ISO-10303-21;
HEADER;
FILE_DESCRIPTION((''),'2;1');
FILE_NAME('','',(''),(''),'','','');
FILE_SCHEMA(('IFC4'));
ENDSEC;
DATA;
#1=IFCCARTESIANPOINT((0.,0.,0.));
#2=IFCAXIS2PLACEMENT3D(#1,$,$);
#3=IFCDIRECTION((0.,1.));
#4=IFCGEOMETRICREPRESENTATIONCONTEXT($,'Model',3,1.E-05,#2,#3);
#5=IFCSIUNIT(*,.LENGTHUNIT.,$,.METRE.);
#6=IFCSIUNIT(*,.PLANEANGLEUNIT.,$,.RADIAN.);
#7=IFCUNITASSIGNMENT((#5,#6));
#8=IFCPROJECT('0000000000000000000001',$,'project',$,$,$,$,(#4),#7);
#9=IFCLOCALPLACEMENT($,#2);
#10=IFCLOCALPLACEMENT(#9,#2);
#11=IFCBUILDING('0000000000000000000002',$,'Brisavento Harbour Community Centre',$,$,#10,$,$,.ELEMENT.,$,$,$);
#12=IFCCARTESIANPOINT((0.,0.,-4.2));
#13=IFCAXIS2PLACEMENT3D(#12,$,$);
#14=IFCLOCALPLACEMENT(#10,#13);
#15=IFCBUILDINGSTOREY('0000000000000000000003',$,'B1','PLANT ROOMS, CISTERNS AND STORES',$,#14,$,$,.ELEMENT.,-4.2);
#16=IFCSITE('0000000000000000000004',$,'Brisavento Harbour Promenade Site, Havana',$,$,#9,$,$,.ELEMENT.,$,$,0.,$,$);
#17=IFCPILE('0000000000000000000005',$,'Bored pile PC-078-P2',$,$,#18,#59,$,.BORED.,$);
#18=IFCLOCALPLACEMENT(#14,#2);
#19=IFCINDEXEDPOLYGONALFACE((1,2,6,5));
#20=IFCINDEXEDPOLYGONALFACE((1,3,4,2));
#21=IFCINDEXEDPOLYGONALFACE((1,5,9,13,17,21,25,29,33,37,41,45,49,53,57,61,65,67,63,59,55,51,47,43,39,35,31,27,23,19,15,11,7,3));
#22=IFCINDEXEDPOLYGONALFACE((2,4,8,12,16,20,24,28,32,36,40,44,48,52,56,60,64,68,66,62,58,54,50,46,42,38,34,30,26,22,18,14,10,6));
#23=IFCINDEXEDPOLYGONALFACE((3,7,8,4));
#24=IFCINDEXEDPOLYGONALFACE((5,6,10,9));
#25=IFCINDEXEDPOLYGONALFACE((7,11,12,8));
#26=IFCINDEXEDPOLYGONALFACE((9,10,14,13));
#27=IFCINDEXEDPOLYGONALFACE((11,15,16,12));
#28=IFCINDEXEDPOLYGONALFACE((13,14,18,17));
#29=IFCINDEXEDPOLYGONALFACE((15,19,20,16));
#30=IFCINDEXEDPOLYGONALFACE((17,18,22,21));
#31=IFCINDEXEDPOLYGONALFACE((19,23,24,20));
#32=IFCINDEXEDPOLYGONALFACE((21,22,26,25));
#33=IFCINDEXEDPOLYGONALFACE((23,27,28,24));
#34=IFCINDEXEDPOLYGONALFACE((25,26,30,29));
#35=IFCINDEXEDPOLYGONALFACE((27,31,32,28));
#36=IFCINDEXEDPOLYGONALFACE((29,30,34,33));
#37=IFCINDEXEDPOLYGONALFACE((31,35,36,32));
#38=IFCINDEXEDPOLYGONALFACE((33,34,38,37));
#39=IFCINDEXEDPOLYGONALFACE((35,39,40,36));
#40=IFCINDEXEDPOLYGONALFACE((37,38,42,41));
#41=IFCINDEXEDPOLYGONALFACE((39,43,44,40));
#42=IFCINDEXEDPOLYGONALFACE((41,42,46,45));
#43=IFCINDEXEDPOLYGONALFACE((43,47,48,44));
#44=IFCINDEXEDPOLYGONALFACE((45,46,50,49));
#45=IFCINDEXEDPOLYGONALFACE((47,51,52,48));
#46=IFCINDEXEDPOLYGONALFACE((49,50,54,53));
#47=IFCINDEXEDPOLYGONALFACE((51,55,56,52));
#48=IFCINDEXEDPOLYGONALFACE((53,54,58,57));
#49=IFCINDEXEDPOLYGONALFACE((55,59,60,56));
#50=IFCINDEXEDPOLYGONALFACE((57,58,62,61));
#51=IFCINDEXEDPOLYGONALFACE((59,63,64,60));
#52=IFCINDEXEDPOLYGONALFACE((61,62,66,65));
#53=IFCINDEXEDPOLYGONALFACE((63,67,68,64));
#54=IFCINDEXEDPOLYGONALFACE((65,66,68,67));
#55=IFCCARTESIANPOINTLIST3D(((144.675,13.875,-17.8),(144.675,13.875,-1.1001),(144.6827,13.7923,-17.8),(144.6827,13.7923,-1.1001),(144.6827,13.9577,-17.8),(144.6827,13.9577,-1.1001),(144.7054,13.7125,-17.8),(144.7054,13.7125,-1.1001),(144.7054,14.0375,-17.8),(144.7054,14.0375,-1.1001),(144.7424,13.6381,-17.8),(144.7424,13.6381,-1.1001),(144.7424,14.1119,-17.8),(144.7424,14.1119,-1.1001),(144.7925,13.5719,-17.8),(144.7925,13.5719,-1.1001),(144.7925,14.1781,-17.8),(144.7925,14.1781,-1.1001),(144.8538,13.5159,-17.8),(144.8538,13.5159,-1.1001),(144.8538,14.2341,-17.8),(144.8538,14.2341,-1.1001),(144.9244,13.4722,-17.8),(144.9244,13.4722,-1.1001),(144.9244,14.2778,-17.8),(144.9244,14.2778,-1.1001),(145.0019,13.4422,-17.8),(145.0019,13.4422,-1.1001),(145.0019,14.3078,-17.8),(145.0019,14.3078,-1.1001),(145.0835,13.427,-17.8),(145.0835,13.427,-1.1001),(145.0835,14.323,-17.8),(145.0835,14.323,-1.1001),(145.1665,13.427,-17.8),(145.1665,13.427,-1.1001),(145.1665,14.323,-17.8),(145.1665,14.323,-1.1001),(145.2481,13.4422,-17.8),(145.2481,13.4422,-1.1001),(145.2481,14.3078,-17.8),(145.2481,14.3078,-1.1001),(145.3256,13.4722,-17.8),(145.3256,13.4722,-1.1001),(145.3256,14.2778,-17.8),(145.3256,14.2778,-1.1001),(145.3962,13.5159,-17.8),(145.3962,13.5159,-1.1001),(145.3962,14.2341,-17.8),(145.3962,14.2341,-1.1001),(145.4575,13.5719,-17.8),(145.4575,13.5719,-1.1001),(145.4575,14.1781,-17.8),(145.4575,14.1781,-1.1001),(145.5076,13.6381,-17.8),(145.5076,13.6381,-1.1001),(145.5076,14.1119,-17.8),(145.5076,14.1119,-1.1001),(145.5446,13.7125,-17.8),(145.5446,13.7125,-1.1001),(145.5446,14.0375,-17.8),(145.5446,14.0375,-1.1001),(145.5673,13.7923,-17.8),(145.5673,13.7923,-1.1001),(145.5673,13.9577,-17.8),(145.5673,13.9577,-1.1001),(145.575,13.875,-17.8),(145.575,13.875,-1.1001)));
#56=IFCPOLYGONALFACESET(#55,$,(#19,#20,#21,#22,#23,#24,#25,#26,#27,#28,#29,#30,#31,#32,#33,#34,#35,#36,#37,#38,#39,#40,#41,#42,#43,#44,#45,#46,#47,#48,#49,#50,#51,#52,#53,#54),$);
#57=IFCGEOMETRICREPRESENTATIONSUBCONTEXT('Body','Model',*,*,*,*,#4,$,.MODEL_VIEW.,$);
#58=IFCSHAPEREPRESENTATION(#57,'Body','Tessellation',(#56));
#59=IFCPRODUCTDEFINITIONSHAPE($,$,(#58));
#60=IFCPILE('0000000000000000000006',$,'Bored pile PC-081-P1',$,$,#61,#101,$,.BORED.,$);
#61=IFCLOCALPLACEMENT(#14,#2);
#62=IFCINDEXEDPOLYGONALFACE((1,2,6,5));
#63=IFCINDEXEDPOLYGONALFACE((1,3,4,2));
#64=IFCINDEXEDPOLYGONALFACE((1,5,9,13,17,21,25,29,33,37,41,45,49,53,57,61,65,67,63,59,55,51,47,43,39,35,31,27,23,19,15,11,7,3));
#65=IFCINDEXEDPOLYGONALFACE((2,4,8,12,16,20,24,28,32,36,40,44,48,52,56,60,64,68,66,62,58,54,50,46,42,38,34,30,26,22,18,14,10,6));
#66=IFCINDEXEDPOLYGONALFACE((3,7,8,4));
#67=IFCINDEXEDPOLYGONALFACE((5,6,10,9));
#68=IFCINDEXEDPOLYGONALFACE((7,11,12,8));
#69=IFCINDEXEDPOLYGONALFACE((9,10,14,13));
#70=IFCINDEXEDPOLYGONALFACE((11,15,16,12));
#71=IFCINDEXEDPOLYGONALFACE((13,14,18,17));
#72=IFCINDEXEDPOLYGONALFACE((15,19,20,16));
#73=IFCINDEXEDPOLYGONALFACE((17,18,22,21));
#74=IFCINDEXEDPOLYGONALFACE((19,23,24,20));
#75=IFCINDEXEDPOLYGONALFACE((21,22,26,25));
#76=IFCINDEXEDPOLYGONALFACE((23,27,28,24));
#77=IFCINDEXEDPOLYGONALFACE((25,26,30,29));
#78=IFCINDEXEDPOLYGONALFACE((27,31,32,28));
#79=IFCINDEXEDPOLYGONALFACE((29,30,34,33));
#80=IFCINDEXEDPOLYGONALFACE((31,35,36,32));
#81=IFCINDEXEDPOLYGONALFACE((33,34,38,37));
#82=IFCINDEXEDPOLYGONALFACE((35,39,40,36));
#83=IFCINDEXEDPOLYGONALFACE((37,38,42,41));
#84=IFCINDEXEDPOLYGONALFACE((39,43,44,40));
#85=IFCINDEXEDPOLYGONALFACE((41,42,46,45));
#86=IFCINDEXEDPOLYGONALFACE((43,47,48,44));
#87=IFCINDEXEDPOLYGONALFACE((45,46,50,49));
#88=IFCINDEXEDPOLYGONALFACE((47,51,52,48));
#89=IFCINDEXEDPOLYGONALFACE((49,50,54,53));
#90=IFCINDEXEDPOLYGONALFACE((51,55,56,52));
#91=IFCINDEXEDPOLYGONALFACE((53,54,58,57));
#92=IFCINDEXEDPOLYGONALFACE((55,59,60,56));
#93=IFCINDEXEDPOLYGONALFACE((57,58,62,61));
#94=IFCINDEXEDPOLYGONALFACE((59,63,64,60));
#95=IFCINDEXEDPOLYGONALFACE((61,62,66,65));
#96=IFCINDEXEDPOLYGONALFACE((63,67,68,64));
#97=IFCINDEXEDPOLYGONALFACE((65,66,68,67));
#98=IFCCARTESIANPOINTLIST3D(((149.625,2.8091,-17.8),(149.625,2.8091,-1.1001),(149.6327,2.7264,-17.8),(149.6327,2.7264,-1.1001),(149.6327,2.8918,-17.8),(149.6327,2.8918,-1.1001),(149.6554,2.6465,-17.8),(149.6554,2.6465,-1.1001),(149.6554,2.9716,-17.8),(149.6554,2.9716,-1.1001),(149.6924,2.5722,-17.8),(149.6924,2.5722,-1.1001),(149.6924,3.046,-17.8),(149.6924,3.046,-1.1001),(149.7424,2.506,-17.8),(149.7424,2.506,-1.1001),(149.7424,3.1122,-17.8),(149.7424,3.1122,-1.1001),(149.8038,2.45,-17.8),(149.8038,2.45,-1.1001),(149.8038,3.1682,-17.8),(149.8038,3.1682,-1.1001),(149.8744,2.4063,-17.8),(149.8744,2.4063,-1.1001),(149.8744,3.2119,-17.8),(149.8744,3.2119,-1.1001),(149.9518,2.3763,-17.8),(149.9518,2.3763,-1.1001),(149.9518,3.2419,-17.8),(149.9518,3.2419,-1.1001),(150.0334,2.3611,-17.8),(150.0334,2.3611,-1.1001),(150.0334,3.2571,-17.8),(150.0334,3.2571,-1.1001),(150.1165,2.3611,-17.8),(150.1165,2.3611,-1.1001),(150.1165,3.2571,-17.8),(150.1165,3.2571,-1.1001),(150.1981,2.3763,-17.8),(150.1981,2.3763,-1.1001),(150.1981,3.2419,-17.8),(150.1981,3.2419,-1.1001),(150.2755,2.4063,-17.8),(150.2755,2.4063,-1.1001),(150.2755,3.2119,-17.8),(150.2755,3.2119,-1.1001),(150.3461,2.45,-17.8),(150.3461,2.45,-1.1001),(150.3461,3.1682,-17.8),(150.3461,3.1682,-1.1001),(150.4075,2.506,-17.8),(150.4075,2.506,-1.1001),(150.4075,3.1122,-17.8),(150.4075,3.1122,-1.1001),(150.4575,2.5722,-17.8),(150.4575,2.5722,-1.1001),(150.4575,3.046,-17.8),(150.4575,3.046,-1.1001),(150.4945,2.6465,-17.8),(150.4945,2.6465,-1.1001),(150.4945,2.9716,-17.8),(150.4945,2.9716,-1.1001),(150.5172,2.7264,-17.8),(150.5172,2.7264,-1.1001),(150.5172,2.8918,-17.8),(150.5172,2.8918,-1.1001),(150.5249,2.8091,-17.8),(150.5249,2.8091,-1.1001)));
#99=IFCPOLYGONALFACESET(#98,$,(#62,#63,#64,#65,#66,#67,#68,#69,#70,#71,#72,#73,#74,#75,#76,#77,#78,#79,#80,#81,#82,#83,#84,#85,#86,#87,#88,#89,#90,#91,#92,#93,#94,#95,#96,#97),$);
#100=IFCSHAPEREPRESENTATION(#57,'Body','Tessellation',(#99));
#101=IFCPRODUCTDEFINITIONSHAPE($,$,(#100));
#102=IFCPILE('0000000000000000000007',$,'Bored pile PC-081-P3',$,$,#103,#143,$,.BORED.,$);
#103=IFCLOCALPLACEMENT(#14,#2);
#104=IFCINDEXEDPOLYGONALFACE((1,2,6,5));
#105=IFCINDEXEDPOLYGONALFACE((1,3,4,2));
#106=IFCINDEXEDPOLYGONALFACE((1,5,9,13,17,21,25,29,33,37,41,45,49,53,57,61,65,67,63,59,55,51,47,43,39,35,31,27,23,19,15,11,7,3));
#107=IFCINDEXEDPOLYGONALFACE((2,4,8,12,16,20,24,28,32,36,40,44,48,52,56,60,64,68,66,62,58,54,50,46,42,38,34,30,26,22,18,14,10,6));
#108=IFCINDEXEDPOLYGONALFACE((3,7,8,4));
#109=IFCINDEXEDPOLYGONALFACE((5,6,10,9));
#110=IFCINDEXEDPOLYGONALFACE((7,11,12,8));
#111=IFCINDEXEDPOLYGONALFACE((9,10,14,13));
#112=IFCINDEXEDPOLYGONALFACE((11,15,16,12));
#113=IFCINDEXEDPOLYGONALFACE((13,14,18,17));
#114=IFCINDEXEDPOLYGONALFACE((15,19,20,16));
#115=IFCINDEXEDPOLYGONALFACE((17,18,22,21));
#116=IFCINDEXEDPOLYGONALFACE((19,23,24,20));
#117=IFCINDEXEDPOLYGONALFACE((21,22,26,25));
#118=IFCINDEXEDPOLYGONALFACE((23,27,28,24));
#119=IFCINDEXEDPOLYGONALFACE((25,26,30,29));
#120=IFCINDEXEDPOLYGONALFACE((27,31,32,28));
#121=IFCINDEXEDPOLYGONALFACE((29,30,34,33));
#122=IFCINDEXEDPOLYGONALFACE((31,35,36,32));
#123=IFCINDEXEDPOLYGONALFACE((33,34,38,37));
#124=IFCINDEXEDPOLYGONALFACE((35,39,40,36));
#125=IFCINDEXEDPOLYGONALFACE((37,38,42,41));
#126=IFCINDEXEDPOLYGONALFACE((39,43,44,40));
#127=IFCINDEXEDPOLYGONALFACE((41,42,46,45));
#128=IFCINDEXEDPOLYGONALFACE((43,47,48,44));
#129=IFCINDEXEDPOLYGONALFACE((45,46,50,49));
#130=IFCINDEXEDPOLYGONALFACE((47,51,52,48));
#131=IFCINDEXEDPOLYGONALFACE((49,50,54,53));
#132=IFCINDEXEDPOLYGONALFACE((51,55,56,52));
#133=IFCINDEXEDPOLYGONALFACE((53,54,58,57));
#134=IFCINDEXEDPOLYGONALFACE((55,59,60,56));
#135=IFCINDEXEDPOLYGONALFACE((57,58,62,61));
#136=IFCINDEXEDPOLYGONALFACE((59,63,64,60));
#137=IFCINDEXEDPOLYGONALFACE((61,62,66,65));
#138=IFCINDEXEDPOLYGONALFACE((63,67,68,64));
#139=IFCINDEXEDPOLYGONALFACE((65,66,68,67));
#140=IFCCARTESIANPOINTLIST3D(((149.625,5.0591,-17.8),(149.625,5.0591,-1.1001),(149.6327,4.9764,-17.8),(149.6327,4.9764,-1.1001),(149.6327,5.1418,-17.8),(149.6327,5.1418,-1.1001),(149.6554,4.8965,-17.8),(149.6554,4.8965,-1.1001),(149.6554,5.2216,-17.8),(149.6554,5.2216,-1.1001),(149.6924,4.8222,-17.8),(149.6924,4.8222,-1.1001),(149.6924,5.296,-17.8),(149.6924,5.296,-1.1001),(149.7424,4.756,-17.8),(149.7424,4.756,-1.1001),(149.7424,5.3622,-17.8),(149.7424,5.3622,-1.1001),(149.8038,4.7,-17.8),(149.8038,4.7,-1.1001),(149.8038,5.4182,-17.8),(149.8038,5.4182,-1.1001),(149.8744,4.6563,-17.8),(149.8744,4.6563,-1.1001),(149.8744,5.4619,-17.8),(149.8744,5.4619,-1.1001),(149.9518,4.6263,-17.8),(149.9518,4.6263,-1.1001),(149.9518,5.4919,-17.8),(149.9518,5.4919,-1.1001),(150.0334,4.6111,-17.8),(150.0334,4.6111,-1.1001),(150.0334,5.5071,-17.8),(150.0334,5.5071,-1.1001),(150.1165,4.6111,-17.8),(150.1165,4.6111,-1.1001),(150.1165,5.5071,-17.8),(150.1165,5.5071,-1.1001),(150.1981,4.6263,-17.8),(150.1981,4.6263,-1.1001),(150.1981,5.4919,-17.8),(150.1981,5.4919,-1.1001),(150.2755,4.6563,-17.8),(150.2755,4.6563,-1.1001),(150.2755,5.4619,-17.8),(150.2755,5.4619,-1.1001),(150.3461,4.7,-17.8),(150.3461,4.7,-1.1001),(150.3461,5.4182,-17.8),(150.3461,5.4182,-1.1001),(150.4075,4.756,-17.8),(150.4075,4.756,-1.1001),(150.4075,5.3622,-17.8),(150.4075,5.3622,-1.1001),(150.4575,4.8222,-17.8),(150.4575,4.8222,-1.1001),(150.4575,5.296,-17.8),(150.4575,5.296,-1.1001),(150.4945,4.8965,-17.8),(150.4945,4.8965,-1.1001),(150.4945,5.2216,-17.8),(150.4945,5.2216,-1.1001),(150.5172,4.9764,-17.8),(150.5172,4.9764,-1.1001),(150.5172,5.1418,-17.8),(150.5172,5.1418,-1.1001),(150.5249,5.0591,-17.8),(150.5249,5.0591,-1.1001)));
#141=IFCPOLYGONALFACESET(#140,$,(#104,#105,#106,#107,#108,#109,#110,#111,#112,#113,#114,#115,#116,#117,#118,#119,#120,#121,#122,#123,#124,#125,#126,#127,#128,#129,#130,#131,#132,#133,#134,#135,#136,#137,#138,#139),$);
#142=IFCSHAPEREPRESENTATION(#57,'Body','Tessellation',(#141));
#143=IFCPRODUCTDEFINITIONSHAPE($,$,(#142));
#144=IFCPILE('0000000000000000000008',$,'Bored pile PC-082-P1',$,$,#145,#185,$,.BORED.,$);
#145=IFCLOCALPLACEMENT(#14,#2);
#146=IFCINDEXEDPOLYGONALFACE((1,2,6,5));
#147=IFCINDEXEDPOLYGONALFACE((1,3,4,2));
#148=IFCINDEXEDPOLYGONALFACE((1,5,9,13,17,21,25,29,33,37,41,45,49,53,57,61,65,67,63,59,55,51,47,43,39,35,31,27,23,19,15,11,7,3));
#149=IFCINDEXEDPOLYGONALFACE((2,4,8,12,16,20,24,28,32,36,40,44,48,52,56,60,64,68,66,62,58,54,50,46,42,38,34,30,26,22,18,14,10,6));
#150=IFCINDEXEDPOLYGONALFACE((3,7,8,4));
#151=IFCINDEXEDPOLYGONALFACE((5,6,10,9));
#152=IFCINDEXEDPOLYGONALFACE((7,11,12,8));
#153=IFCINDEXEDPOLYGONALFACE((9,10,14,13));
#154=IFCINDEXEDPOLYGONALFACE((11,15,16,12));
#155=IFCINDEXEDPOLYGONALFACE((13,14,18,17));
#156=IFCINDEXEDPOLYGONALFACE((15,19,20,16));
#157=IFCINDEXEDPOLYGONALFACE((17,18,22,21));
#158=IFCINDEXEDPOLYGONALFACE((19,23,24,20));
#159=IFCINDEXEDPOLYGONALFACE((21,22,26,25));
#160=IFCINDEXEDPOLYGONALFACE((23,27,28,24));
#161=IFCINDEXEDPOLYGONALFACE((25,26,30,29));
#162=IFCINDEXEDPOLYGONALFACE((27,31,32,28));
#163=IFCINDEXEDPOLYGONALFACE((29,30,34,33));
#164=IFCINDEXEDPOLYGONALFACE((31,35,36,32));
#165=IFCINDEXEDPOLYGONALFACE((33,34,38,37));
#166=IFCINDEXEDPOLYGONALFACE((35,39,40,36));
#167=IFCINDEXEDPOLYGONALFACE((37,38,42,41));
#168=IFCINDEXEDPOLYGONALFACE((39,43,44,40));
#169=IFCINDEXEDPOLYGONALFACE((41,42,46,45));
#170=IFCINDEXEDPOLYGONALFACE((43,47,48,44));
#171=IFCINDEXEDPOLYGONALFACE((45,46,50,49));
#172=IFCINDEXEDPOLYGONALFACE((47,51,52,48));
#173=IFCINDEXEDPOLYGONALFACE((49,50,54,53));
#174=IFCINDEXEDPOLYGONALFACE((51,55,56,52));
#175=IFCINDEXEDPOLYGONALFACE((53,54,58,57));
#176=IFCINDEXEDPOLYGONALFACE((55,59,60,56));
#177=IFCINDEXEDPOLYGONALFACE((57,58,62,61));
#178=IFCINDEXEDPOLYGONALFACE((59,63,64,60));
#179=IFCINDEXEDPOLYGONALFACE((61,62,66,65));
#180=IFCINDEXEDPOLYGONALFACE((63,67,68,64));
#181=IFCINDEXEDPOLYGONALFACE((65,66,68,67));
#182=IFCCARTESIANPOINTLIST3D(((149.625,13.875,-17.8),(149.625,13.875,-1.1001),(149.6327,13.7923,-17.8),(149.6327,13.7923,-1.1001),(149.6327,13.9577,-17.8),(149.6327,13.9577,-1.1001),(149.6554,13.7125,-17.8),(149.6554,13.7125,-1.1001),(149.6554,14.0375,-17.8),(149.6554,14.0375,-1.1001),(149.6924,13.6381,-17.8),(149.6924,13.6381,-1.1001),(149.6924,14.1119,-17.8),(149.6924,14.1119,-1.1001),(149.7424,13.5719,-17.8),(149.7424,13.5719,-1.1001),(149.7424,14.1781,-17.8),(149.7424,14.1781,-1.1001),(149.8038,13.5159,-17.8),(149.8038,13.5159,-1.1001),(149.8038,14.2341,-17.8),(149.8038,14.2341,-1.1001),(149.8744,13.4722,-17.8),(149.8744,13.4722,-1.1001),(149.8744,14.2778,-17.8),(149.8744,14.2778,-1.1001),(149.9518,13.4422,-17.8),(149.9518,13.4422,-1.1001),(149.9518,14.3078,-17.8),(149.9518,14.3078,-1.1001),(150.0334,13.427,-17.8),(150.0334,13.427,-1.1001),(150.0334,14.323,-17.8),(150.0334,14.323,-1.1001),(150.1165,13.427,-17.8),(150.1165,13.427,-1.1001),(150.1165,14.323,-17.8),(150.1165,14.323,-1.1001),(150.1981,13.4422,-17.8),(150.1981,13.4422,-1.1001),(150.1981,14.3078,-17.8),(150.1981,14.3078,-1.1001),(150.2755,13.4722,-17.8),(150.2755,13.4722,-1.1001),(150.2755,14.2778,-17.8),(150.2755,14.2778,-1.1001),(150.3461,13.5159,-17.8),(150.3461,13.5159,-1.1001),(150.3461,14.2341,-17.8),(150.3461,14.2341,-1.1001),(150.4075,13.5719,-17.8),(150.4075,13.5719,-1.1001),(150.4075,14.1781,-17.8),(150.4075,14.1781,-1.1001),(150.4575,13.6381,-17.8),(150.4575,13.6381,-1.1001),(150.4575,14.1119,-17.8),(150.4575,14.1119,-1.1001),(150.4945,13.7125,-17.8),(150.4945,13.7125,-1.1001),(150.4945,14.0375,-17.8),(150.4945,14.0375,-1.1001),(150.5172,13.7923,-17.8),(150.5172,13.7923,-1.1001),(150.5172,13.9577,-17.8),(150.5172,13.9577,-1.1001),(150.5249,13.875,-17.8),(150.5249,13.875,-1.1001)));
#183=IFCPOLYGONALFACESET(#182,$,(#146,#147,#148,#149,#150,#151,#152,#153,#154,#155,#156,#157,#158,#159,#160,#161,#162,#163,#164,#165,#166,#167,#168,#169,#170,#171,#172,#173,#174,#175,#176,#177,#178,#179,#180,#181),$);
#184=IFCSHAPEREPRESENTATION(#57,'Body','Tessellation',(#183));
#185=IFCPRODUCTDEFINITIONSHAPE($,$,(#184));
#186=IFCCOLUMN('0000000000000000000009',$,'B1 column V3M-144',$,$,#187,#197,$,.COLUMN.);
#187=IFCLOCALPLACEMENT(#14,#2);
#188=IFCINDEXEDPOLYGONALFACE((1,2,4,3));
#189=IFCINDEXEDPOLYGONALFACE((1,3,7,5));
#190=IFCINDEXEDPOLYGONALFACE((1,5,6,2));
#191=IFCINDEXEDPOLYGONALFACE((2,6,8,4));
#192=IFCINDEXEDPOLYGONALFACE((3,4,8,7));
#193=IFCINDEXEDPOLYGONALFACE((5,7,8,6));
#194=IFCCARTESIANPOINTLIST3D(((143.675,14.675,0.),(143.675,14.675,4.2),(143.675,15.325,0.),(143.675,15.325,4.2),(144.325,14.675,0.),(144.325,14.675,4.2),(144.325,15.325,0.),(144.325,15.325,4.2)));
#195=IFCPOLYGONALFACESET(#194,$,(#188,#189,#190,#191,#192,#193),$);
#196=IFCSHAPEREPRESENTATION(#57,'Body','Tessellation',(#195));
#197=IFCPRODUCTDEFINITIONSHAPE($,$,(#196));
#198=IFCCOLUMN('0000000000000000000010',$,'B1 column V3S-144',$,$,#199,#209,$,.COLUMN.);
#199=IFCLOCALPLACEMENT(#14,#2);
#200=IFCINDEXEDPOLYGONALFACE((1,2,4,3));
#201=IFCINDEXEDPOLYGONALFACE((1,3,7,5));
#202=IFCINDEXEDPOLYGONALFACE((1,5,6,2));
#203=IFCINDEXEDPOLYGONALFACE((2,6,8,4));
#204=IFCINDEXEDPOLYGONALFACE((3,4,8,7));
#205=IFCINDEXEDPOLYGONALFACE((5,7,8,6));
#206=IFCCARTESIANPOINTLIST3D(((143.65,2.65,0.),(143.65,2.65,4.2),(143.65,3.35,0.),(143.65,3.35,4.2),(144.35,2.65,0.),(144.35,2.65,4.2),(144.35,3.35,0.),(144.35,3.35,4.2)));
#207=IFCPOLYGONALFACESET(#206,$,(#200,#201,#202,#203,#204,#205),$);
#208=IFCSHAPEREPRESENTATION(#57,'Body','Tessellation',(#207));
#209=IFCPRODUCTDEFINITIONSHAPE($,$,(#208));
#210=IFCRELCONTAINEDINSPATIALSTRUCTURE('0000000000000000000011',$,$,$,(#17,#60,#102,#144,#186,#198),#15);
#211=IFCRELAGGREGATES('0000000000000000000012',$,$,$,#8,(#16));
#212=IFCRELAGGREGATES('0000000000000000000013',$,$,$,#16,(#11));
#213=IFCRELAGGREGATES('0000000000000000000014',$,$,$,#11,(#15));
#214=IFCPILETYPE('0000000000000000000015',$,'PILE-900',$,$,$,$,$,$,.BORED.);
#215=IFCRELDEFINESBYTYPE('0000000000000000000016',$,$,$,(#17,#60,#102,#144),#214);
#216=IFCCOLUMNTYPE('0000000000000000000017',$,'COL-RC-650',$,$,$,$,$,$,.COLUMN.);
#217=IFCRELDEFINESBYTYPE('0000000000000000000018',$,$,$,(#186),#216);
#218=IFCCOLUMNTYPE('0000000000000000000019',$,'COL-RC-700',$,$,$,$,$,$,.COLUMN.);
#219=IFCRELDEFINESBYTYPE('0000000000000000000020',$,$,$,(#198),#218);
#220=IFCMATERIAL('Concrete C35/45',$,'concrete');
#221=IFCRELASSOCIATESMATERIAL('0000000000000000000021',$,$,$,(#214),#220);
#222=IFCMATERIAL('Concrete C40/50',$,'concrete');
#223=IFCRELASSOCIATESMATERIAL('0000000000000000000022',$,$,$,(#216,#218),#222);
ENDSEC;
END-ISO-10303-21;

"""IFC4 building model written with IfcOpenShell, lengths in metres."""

from ifc_helpers import new_model, si_unit, direction, frame, origin, origin_2d, place, context, subcontext, project, spatial, rectangle, circle, extrude, material, material_profile, profile_set, type_object, element, save


model = new_model("IFC4")

# Units and contexts
model_context = context("Model", 3, precision=1e-05, world=origin(), true_north=direction((0.0, 1.0)))
body_context = subcontext(model_context, "Body", "Model", "MODEL_VIEW")
ifc_project = project(units=[si_unit("LENGTHUNIT", "METRE"), si_unit("PLANEANGLEUNIT", "RADIAN")], contexts=[model_context])

# Site, building, storey
site_placement = place(None, origin())
site = spatial("IfcSite", under=ifc_project, at=site_placement, Name="Brisavento Harbour Promenade Site, Havana", CompositionType="ELEMENT", RefElevation=0.0)
building_placement = place(site_placement, origin())
building = spatial("IfcBuilding", under=site, at=building_placement, Name="Brisavento Harbour Community Centre", CompositionType="ELEMENT")
storey_placement = place(building_placement, frame((0.0, 0.0, -4.2)))
storey = spatial("IfcBuildingStorey", under=building, at=storey_placement, Name="B1", Description="PLANT ROOMS, CISTERNS AND STORES", CompositionType="ELEMENT", Elevation=-4.2)

# Shared definitions
ifc_material_1 = material(Name="Concrete C35/45", Category="concrete")

# Piles
ifc_material_profile_1 = material_profile(ifc_material_1, circle(Radius=0.45, at=origin_2d()), Name="Concrete C35/45")
ifc_profile_set_1 = profile_set([ifc_material_profile_1], Name="Concrete C35/45")
pile_type = type_object("IfcPileType", Name="PILE-900", PredefinedType="BORED", material=ifc_profile_set_1)
for number, where, z_axis, x_axis, name in (
    (1, (145.125, 13.875, -1.1001), (0.0, 0.0, -1.0), (1.0, 0.0, 0.0), "Bored pile PC-078-P2"),
    (2, (150.075, 2.8091, -1.1001), (0.0, 0.0, -1.0), (1.0, 0.0, 0.0), "Bored pile PC-081-P1"),
    (3, (150.075, 5.0591, -1.1001), (0.0, 0.0, -1.0), (1.0, 0.0, 0.0), "Bored pile PC-081-P3"),
    (4, (150.075, 13.875, -1.1001), (0.0, 0.0, -1.0), (1.0, 0.0, 0.0), "Bored pile PC-082-P1"),
):
    element("IfcPile", number, at=place(storey_placement, frame(where, z_axis=z_axis, x_axis=x_axis)), inside=storey, type_object=pile_type, Name=name, PredefinedType="BORED", context=body_context, shape_type="SweptSolid", body=[
        extrude(circle(Radius=0.45, at=origin_2d()), origin(), (0.0, 0.0, 1.0), 16.7),
    ])

# Columns
ifc_material_2 = material(Name="Concrete C40/50", Category="concrete")
ifc_material_profile_2 = material_profile(ifc_material_2, rectangle(XDim=0.6499, YDim=0.6499, at=origin_2d()), Name="Concrete C40/50")
ifc_profile_set_2 = profile_set([ifc_material_profile_2], Name="Concrete C40/50")
column_type_1 = type_object("IfcColumnType", Name="COL-RC-650", PredefinedType="COLUMN", material=ifc_profile_set_2)
column_1_placement = place(storey_placement, frame((144.0, 15.0, 0.0), z_axis=(0.0, 0.0, 1.0), x_axis=(1.0, 0.0, 0.0)))
element("IfcColumn", 5, at=column_1_placement, inside=storey, type_object=column_type_1, Name="B1 column V3M-144", PredefinedType="COLUMN", context=body_context, shape_type="SweptSolid", body=[
    extrude(rectangle(XDim=0.6499, YDim=0.6499, at=origin_2d()), origin(), (0.0, 0.0, 1.0), 4.2),
])
ifc_material_profile_3 = material_profile(ifc_material_2, rectangle(XDim=0.7, YDim=0.7, at=origin_2d()), Name="Concrete C40/50")
ifc_profile_set_3 = profile_set([ifc_material_profile_3], Name="Concrete C40/50")
column_type_2 = type_object("IfcColumnType", Name="COL-RC-700", PredefinedType="COLUMN", material=ifc_profile_set_3)
column_2_placement = place(storey_placement, frame((144.0, 3.0, 0.0), z_axis=(0.0, 0.0, 1.0), x_axis=(1.0, 0.0, 0.0)))
element("IfcColumn", 6, at=column_2_placement, inside=storey, type_object=column_type_2, Name="B1 column V3S-144", PredefinedType="COLUMN", context=body_context, shape_type="SweptSolid", body=[
    extrude(rectangle(XDim=0.7, YDim=0.7, at=origin_2d()), origin(), (0.0, 0.0, 1.0), 4.2),
])

save(model, "model.ifc")
